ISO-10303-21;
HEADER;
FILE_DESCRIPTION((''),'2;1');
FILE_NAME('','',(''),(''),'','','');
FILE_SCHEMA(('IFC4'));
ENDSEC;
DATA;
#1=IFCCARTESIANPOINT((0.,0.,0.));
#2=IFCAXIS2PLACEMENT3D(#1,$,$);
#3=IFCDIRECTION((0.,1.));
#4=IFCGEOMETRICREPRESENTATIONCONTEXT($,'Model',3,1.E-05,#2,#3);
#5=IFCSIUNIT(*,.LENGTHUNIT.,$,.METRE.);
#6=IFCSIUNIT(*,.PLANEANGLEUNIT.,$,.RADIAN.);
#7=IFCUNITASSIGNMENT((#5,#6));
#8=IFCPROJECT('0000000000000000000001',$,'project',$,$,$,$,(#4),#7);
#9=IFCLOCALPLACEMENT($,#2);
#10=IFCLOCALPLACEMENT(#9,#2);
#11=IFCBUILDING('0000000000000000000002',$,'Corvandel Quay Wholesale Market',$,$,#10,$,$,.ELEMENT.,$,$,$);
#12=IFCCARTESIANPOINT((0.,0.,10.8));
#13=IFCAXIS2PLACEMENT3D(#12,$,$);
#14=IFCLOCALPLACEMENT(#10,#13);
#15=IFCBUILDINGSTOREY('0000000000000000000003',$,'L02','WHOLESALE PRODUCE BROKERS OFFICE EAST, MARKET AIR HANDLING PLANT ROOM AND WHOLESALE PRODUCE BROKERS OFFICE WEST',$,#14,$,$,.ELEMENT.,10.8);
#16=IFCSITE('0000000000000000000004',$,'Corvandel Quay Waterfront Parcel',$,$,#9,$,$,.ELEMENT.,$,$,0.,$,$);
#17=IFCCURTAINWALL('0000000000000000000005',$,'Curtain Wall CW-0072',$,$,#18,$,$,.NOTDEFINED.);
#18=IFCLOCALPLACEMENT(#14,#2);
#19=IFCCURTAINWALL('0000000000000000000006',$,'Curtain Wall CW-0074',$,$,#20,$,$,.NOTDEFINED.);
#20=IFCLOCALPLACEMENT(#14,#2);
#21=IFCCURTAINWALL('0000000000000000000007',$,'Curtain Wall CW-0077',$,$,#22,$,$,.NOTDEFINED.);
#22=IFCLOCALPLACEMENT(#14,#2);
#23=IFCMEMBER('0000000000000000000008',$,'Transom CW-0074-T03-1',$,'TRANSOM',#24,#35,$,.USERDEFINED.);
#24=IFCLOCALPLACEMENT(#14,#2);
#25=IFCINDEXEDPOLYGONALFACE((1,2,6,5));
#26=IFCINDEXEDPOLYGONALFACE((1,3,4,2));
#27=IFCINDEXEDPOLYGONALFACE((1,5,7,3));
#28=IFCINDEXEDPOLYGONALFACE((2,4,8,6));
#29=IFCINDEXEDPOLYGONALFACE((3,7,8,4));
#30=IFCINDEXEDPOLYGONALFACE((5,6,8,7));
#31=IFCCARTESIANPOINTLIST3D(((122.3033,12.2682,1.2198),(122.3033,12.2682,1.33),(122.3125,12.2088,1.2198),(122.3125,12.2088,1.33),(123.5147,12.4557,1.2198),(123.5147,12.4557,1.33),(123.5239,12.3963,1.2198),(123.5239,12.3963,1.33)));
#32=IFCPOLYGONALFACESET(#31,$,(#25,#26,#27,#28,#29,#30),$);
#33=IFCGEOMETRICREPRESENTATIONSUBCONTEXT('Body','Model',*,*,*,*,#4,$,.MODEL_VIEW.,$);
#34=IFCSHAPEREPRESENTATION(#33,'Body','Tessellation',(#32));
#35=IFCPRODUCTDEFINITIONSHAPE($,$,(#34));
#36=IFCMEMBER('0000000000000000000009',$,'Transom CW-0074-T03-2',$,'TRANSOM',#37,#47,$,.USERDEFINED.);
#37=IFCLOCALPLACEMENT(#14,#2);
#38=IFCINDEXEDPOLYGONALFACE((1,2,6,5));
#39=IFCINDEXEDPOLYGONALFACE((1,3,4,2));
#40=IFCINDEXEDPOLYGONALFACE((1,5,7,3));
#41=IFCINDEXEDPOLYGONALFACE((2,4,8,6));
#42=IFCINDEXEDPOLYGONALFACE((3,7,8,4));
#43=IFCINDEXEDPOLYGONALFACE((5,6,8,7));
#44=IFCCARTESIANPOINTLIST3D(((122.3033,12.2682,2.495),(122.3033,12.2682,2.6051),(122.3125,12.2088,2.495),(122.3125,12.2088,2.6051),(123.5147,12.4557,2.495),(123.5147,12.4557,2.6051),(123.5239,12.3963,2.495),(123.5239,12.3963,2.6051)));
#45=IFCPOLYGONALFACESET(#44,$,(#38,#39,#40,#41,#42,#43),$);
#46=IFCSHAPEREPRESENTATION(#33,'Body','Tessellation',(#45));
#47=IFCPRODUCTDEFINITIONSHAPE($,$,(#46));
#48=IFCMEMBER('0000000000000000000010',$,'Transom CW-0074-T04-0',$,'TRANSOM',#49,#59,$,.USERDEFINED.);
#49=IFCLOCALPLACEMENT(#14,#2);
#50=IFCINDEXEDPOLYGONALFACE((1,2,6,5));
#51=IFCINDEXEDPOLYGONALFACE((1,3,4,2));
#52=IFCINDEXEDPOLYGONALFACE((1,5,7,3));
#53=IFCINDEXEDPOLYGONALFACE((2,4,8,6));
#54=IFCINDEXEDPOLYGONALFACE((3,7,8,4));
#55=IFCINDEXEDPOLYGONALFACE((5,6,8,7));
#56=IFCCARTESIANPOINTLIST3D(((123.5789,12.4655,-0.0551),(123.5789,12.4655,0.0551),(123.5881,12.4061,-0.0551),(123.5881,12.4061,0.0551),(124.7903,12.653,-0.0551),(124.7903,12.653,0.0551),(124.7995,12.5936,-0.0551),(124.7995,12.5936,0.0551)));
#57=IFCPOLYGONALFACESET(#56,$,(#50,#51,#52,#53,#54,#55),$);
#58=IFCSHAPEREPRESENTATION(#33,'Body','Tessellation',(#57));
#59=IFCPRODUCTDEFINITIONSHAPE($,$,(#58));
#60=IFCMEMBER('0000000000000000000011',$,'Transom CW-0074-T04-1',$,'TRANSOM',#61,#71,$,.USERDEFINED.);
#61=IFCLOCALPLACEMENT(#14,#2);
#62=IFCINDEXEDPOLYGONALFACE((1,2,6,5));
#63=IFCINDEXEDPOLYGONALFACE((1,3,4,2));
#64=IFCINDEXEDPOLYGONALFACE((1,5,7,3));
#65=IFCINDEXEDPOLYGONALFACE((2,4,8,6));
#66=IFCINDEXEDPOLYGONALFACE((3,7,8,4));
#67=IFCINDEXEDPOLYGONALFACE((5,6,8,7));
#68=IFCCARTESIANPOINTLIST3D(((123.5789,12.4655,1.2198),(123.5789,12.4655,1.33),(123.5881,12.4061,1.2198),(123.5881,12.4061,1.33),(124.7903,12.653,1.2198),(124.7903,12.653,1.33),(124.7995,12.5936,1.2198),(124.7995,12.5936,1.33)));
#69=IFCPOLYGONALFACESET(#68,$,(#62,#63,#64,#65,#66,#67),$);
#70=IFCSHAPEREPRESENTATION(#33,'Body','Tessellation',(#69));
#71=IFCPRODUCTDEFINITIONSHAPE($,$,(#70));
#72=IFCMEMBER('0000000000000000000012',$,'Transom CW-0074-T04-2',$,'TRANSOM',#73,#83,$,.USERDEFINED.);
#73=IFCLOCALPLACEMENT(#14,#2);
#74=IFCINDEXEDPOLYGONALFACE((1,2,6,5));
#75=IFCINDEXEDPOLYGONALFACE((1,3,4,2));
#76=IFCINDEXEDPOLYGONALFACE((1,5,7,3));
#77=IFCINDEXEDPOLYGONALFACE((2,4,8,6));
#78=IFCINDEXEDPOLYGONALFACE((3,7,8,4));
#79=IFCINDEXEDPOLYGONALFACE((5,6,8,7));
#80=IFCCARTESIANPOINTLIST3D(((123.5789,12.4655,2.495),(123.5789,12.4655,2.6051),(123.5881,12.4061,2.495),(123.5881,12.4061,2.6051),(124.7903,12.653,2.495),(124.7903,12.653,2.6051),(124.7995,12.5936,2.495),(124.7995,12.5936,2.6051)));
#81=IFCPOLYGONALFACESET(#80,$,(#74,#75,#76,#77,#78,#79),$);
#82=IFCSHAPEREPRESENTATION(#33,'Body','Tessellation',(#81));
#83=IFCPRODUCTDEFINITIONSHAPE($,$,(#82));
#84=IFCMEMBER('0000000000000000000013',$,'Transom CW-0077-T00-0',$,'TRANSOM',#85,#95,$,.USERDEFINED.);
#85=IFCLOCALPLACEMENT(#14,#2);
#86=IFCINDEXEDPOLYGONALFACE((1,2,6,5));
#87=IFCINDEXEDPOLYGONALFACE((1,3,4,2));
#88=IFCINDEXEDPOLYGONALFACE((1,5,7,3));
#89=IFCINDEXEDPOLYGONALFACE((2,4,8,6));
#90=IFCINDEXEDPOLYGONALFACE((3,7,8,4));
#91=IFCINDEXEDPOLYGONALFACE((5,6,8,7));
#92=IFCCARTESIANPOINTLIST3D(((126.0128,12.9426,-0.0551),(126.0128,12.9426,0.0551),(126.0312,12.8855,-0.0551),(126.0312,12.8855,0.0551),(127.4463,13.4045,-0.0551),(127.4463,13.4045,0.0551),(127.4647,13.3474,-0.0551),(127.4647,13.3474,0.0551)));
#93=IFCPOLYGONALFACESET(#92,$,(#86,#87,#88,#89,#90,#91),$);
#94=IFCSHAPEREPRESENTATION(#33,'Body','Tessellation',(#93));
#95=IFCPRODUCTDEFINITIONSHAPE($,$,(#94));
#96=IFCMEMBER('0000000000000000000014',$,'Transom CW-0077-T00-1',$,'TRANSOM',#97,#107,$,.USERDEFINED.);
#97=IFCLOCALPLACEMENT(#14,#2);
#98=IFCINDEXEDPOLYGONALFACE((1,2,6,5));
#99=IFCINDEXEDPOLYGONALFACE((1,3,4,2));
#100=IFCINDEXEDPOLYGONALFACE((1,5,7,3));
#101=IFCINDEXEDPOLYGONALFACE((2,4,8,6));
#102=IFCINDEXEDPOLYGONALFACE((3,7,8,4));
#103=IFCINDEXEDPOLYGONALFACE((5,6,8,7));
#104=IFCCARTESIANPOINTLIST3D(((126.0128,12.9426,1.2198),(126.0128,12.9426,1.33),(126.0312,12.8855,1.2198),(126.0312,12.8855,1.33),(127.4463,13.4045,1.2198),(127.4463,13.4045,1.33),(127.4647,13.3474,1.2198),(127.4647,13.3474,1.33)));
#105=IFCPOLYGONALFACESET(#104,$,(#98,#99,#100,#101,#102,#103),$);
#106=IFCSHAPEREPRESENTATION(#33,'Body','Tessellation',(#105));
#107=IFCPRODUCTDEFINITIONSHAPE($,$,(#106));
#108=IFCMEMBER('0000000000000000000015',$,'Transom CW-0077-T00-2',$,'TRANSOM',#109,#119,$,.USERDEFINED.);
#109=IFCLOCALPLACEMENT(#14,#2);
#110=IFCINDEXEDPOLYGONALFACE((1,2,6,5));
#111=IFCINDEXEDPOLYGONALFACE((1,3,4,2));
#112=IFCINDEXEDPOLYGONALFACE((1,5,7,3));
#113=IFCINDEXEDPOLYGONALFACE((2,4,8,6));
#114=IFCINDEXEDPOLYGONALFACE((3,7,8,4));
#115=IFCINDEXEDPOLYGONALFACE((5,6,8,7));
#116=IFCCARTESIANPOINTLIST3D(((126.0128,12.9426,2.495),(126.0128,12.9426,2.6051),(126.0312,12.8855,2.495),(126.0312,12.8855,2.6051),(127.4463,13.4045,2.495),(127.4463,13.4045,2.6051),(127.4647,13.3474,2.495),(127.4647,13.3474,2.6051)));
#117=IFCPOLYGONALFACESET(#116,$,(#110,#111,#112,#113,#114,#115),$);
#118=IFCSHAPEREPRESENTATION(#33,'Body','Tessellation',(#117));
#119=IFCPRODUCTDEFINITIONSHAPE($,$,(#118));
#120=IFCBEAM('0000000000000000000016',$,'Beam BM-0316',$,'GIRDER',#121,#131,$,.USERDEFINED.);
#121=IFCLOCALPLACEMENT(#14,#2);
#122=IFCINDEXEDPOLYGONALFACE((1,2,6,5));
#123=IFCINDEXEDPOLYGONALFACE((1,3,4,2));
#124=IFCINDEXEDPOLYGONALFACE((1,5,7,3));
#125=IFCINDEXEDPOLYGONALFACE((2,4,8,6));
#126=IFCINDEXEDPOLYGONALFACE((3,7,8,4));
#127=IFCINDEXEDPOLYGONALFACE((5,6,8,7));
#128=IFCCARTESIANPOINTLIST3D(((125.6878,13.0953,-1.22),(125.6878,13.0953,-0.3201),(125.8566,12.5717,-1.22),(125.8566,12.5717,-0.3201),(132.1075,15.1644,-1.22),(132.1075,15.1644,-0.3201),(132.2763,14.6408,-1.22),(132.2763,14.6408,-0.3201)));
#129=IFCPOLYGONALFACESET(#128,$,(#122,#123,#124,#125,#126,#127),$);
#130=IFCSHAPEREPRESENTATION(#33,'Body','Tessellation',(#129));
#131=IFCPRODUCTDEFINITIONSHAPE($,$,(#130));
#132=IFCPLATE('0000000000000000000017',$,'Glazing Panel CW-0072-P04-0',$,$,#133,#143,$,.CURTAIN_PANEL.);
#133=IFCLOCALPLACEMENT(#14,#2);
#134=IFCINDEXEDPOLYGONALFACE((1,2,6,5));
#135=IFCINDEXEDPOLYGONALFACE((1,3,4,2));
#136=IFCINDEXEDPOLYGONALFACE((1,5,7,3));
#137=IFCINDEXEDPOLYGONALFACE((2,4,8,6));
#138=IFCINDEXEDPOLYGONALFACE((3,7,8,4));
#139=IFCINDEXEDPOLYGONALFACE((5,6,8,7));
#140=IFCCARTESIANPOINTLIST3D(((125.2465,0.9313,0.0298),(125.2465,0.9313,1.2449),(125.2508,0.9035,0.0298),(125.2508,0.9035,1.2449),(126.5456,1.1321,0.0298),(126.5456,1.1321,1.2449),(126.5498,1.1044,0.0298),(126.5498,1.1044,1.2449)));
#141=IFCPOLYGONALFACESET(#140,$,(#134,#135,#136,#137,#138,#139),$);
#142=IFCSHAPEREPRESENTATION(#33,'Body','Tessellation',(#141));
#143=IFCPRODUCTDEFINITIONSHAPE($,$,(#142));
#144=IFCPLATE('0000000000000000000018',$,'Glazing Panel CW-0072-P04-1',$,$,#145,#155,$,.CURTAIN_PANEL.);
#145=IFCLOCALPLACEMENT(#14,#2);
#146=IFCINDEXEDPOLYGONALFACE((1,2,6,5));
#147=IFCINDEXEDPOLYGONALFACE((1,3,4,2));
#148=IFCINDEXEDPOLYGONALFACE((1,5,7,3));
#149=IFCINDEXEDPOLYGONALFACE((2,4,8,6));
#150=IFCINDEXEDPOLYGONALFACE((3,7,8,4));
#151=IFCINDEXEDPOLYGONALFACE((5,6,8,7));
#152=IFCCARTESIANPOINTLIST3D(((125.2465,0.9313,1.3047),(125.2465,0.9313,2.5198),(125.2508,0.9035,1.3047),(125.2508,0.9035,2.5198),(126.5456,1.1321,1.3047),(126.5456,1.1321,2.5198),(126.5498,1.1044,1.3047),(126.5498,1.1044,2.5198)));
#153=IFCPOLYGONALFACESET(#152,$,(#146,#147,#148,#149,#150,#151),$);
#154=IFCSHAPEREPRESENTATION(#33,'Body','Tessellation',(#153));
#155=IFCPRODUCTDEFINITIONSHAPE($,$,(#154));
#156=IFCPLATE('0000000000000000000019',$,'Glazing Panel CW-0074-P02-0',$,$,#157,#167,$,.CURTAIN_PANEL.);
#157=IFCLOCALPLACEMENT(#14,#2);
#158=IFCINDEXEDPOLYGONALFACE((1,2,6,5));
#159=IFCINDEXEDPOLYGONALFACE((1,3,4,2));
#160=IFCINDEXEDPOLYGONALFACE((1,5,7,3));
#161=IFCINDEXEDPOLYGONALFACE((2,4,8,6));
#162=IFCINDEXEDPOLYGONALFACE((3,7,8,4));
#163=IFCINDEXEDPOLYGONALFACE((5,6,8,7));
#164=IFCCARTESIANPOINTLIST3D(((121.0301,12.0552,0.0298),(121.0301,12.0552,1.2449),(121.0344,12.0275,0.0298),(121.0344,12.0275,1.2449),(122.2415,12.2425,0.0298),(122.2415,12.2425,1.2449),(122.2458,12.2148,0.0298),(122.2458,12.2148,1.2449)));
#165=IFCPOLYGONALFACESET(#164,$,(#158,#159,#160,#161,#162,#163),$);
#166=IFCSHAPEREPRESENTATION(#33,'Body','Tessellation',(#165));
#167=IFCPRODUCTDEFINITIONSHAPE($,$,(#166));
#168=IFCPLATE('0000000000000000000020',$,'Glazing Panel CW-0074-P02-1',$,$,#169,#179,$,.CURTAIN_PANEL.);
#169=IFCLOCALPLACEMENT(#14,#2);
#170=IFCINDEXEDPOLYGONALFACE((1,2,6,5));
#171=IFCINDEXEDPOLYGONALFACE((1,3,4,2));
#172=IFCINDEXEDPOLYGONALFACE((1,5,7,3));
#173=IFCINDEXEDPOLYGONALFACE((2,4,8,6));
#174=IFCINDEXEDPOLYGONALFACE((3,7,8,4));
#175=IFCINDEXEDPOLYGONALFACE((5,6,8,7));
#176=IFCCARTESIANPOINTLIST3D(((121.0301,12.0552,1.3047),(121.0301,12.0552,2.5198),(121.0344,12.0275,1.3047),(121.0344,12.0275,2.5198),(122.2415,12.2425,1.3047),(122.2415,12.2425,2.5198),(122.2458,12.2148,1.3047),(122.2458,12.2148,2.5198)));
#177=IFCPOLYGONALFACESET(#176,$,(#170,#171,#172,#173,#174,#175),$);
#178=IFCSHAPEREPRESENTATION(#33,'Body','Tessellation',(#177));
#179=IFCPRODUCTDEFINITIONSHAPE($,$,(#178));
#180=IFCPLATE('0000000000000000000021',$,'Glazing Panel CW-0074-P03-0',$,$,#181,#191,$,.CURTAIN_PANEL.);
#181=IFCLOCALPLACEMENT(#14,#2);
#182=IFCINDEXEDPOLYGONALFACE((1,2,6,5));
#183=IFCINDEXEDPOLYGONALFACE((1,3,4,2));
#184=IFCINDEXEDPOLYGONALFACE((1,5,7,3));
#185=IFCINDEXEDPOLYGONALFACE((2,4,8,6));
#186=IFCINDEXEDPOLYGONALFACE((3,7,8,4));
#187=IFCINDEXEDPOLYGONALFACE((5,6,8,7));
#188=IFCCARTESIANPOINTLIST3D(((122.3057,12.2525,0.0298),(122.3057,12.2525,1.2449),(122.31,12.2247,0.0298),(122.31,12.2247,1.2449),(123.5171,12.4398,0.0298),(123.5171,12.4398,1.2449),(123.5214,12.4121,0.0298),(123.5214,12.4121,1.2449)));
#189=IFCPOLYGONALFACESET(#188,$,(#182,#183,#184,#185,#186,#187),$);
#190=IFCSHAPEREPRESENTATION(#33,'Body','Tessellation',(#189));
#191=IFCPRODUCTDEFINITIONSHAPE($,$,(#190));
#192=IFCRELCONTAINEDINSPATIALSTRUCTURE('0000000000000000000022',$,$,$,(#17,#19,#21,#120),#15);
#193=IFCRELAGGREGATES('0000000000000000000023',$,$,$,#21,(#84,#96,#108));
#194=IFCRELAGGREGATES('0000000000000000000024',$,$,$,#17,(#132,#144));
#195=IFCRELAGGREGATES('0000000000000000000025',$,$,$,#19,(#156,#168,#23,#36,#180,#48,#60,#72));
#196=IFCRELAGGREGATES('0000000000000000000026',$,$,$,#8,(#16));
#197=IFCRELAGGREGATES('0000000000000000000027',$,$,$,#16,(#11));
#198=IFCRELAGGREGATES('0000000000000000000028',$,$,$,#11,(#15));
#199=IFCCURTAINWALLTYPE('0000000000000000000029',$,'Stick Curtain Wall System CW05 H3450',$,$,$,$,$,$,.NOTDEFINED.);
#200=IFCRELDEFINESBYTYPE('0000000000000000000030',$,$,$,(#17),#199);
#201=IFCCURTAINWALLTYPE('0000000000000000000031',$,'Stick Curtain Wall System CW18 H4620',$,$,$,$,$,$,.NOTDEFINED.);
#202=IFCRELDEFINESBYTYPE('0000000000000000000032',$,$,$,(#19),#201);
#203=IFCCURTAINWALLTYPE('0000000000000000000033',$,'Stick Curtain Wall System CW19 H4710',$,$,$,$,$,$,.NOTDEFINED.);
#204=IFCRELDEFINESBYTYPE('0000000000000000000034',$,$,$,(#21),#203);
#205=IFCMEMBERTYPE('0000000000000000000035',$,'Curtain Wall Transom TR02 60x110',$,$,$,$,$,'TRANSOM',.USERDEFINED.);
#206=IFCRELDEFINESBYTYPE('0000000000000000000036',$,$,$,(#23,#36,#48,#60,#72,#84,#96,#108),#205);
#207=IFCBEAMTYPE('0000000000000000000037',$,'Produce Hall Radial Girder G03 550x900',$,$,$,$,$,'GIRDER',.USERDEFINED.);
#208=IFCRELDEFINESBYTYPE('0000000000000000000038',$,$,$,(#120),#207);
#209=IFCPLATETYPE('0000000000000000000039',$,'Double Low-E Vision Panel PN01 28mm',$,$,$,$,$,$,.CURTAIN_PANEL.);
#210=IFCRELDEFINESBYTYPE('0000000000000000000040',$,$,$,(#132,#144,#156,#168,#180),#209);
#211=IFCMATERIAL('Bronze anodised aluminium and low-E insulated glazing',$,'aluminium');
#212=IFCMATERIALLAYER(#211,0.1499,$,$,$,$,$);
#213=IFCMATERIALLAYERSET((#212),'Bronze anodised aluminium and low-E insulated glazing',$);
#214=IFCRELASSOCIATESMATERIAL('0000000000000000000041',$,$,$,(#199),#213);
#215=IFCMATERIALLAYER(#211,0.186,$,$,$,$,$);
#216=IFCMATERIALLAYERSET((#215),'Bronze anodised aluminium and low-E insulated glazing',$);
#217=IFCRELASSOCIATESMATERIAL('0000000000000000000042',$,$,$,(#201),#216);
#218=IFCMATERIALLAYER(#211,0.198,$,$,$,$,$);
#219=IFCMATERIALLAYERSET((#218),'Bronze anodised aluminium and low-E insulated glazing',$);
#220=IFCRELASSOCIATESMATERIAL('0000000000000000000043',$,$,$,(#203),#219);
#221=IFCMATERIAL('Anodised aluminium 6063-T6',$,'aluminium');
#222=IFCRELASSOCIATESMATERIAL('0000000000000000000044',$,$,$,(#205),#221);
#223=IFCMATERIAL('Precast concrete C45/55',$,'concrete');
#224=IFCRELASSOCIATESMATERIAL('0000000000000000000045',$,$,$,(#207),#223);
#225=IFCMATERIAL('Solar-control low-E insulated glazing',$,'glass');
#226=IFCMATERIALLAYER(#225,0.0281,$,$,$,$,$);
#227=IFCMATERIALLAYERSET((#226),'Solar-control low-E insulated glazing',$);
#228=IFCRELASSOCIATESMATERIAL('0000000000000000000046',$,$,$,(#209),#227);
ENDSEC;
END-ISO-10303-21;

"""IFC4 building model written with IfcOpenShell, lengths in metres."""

from ifc_helpers import new_model, si_unit, direction, frame, origin, origin_2d, place, context, subcontext, project, spatial, rectangle, extrude, material, layer, layer_set, material_profile, profile_set, type_object, element, aggregate, save


model = new_model("IFC4")

# Units and contexts
model_context = context("Model", 3, precision=1e-05, world=origin(), true_north=direction((0.0, 1.0)))
body_context = subcontext(model_context, "Body", "Model", "MODEL_VIEW")
ifc_project = project(units=[si_unit("LENGTHUNIT", "METRE"), si_unit("PLANEANGLEUNIT", "RADIAN")], contexts=[model_context])

# Site, building, storey
site_placement = place(None, origin())
site = spatial("IfcSite", under=ifc_project, at=site_placement, Name="Corvandel Quay Waterfront Parcel", CompositionType="ELEMENT", RefElevation=0.0)
building_placement = place(site_placement, origin())
building = spatial("IfcBuilding", under=site, at=building_placement, Name="Corvandel Quay Wholesale Market", CompositionType="ELEMENT")
storey_placement = place(building_placement, frame((0.0, 0.0, 10.8)))
storey = spatial("IfcBuildingStorey", under=building, at=storey_placement, Name="L02", Description="WHOLESALE PRODUCE BROKERS OFFICE EAST, MARKET AIR HANDLING PLANT ROOM AND WHOLESALE PRODUCE BROKERS OFFICE WEST", CompositionType="ELEMENT", Elevation=10.8)

# Shared definitions
ifc_material_1 = material(Name="Precast concrete C45/55", Category="concrete")

# Curtain wall
ifc_material_2 = material(Name="Bronze anodised aluminium and low-E insulated glazing", Category="aluminium")
ifc_layer_1 = layer(ifc_material_2, 0.1499)
ifc_layer_set_1 = layer_set([ifc_layer_1], Name="Bronze anodised aluminium and low-E insulated glazing")
curtain_wall_type_1 = type_object("IfcCurtainWallType", Name="Stick Curtain Wall System CW05 H3450", PredefinedType="NOTDEFINED", material=ifc_layer_set_1)
curtain_wall_1_placement = place(storey_placement, origin())
curtain_wall_1 = element("IfcCurtainWall", 1, at=curtain_wall_1_placement, inside=storey, type_object=curtain_wall_type_1, Name="Curtain Wall CW-0072", PredefinedType="NOTDEFINED")
ifc_material_3 = material(Name="Anodised aluminium 6063-T6", Category="aluminium")

# Curtain wall
ifc_layer_2 = layer(ifc_material_2, 0.186)
ifc_layer_set_2 = layer_set([ifc_layer_2], Name="Bronze anodised aluminium and low-E insulated glazing")
curtain_wall_type_2 = type_object("IfcCurtainWallType", Name="Stick Curtain Wall System CW18 H4620", PredefinedType="NOTDEFINED", material=ifc_layer_set_2)
curtain_wall_2_placement = place(storey_placement, origin())
curtain_wall_2 = element("IfcCurtainWall", 2, at=curtain_wall_2_placement, inside=storey, type_object=curtain_wall_type_2, Name="Curtain Wall CW-0074", PredefinedType="NOTDEFINED")

# Curtain wall
ifc_layer_3 = layer(ifc_material_2, 0.198)
ifc_layer_set_3 = layer_set([ifc_layer_3], Name="Bronze anodised aluminium and low-E insulated glazing")
curtain_wall_type_3 = type_object("IfcCurtainWallType", Name="Stick Curtain Wall System CW19 H4710", PredefinedType="NOTDEFINED", material=ifc_layer_set_3)
curtain_wall_3_placement = place(storey_placement, origin())
curtain_wall_3 = element("IfcCurtainWall", 3, at=curtain_wall_3_placement, inside=storey, type_object=curtain_wall_type_3, Name="Curtain Wall CW-0077", PredefinedType="NOTDEFINED")

# Members
ifc_material_profile_1 = material_profile(ifc_material_3, rectangle(XDim=0.0601, YDim=0.1101, at=origin_2d()), Name="ALU-TRN-60x110")
ifc_profile_set_1 = profile_set([ifc_material_profile_1], Name="Anodised aluminium 6063-T6")
member_type_1 = type_object("IfcMemberType", Name="Curtain Wall Transom TR02 60x110", ElementType="TRANSOM", PredefinedType="USERDEFINED", material=ifc_profile_set_1)
member_1_placement = place(storey_placement, frame((122.3079, 12.2385, 1.2749), z_axis=(0.988233, 0.152955, 0.0), x_axis=(-0.152955, 0.988233, 0.0)))
member_1 = element("IfcMember", 4, at=member_1_placement, type_object=member_type_1, Name="Transom CW-0074-T03-1", ObjectType="TRANSOM", PredefinedType="USERDEFINED", context=body_context, shape_type="SweptSolid", body=[
    extrude(rectangle(XDim=0.0601, YDim=0.1101, at=origin_2d()), origin(), (0.0, 0.0, 1.0), 1.2258),
])
member_2_placement = place(storey_placement, frame((122.3079, 12.2385, 2.55), z_axis=(0.988233, 0.152955, 0.0), x_axis=(-0.152955, 0.988233, 0.0)))
member_2 = element("IfcMember", 5, at=member_2_placement, type_object=member_type_1, Name="Transom CW-0074-T03-2", ObjectType="TRANSOM", PredefinedType="USERDEFINED", context=body_context, shape_type="SweptSolid", body=[
    extrude(rectangle(XDim=0.0601, YDim=0.1101, at=origin_2d()), origin(), (0.0, 0.0, 1.0), 1.2258),
])
member_3_placement = place(storey_placement, frame((123.5835, 12.4358, 0.0), z_axis=(0.988233, 0.152955, 0.0), x_axis=(-0.152955, 0.988233, 0.0)))
member_3 = element("IfcMember", 6, at=member_3_placement, type_object=member_type_1, Name="Transom CW-0074-T04-0", ObjectType="TRANSOM", PredefinedType="USERDEFINED", context=body_context, shape_type="SweptSolid", body=[
    extrude(rectangle(XDim=0.0601, YDim=0.1101, at=origin_2d()), origin(), (0.0, 0.0, 1.0), 1.2258),
])
member_4_placement = place(storey_placement, frame((123.5835, 12.4358, 1.2749), z_axis=(0.988233, 0.152955, 0.0), x_axis=(-0.152955, 0.988233, 0.0)))
member_4 = element("IfcMember", 7, at=member_4_placement, type_object=member_type_1, Name="Transom CW-0074-T04-1", ObjectType="TRANSOM", PredefinedType="USERDEFINED", context=body_context, shape_type="SweptSolid", body=[
    extrude(rectangle(XDim=0.0601, YDim=0.1101, at=origin_2d()), origin(), (0.0, 0.0, 1.0), 1.2258),
])
member_5_placement = place(storey_placement, frame((123.5835, 12.4358, 2.55), z_axis=(0.988233, 0.152955, 0.0), x_axis=(-0.152955, 0.988233, 0.0)))
member_5 = element("IfcMember", 8, at=member_5_placement, type_object=member_type_1, Name="Transom CW-0074-T04-2", ObjectType="TRANSOM", PredefinedType="USERDEFINED", context=body_context, shape_type="SweptSolid", body=[
    extrude(rectangle(XDim=0.0601, YDim=0.1101, at=origin_2d()), origin(), (0.0, 0.0, 1.0), 1.2258),
])
member_6_placement = place(storey_placement, frame((126.022, 12.9141, 0.0), z_axis=(0.951812, 0.306681, 0.0), x_axis=(-0.306681, 0.951812, 0.0)))
member_6 = element("IfcMember", 9, at=member_6_placement, type_object=member_type_1, Name="Transom CW-0077-T00-0", ObjectType="TRANSOM", PredefinedType="USERDEFINED", context=body_context, shape_type="SweptSolid", body=[
    extrude(rectangle(XDim=0.0601, YDim=0.1101, at=origin_2d()), origin(), (0.0, 0.0, 1.0), 1.5061),
])
member_7_placement = place(storey_placement, frame((126.022, 12.9141, 1.2749), z_axis=(0.951812, 0.306681, 0.0), x_axis=(-0.306681, 0.951812, 0.0)))
member_7 = element("IfcMember", 10, at=member_7_placement, type_object=member_type_1, Name="Transom CW-0077-T00-1", ObjectType="TRANSOM", PredefinedType="USERDEFINED", context=body_context, shape_type="SweptSolid", body=[
    extrude(rectangle(XDim=0.0601, YDim=0.1101, at=origin_2d()), origin(), (0.0, 0.0, 1.0), 1.5061),
])
member_8_placement = place(storey_placement, frame((126.022, 12.9141, 2.55), z_axis=(0.951812, 0.306681, 0.0), x_axis=(-0.306681, 0.951812, 0.0)))
member_8 = element("IfcMember", 11, at=member_8_placement, type_object=member_type_1, Name="Transom CW-0077-T00-2", ObjectType="TRANSOM", PredefinedType="USERDEFINED", context=body_context, shape_type="SweptSolid", body=[
    extrude(rectangle(XDim=0.0601, YDim=0.1101, at=origin_2d()), origin(), (0.0, 0.0, 1.0), 1.5061),
])
aggregate(curtain_wall_3, [member_6, member_7, member_8])

# Beam
ifc_material_profile_2 = material_profile(ifc_material_1, rectangle(XDim=0.55, YDim=0.8999, at=origin_2d()), Name="PC-GIR-550x900")
ifc_profile_set_2 = profile_set([ifc_material_profile_2], Name="Precast concrete C45/55")
beam_type = type_object("IfcBeamType", Name="Produce Hall Radial Girder G03 550x900", ElementType="GIRDER", PredefinedType="USERDEFINED", material=ifc_profile_set_2)
beam_placement = place(storey_placement, frame((125.7722, 12.8335, -0.77), z_axis=(0.951785, 0.306765, 0.0), x_axis=(-0.306765, 0.951785, 0.0)))
element("IfcBeam", 12, at=beam_placement, inside=storey, type_object=beam_type, Name="Beam BM-0316", ObjectType="GIRDER", PredefinedType="USERDEFINED", context=body_context, shape_type="SweptSolid", body=[
    extrude(rectangle(XDim=0.55, YDim=0.8999, at=origin_2d()), origin(), (0.0, 0.0, 1.0), 6.7449),
])

# Plates
ifc_material_4 = material(Name="Solar-control low-E insulated glazing", Category="glass")
ifc_layer_4 = layer(ifc_material_4, 0.0281)
ifc_layer_set_4 = layer_set([ifc_layer_4], Name="Solar-control low-E insulated glazing")
plate_type = type_object("IfcPlateType", Name="Double Low-E Vision Panel PN01 28mm", PredefinedType="CURTAIN_PANEL", material=ifc_layer_set_4)
plate_1_placement = place(storey_placement, frame((125.8982, 1.0178, 0.0298), z_axis=(0.0, 0.0, 1.0), x_axis=(0.988255, 0.152813, 0.0)))
plate_1 = element("IfcPlate", 13, at=plate_1_placement, type_object=plate_type, Name="Glazing Panel CW-0072-P04-0", PredefinedType="CURTAIN_PANEL", context=body_context, shape_type="SweptSolid", body=[
    extrude(rectangle(XDim=1.3145, YDim=0.0281, at=origin_2d()), origin(), (0.0, 0.0, 1.0), 1.2151),
])
plate_2_placement = place(storey_placement, frame((125.8982, 1.0178, 1.3047), z_axis=(0.0, 0.0, 1.0), x_axis=(0.988255, 0.152813, 0.0)))
plate_2 = element("IfcPlate", 14, at=plate_2_placement, type_object=plate_type, Name="Glazing Panel CW-0072-P04-1", PredefinedType="CURTAIN_PANEL", context=body_context, shape_type="SweptSolid", body=[
    extrude(rectangle(XDim=1.3145, YDim=0.0281, at=origin_2d()), origin(), (0.0, 0.0, 1.0), 1.2151),
])
aggregate(curtain_wall_1, [plate_1, plate_2])
plate_3_placement = place(storey_placement, frame((121.6379, 12.135, 0.0298), z_axis=(0.0, 0.0, 1.0), x_axis=(0.988255, 0.152813, 0.0)))
plate_3 = element("IfcPlate", 15, at=plate_3_placement, type_object=plate_type, Name="Glazing Panel CW-0074-P02-0", PredefinedType="CURTAIN_PANEL", context=body_context, shape_type="SweptSolid", body=[
    extrude(rectangle(XDim=1.2258, YDim=0.0281, at=origin_2d()), origin(), (0.0, 0.0, 1.0), 1.2151),
])
plate_4_placement = place(storey_placement, frame((121.6379, 12.135, 1.3047), z_axis=(0.0, 0.0, 1.0), x_axis=(0.988255, 0.152813, 0.0)))
plate_4 = element("IfcPlate", 16, at=plate_4_placement, type_object=plate_type, Name="Glazing Panel CW-0074-P02-1", PredefinedType="CURTAIN_PANEL", context=body_context, shape_type="SweptSolid", body=[
    extrude(rectangle(XDim=1.2258, YDim=0.0281, at=origin_2d()), origin(), (0.0, 0.0, 1.0), 1.2151),
])
plate_5_placement = place(storey_placement, frame((122.9136, 12.3323, 0.0298), z_axis=(0.0, 0.0, 1.0), x_axis=(0.988255, 0.152813, 0.0)))
plate_5 = element("IfcPlate", 17, at=plate_5_placement, type_object=plate_type, Name="Glazing Panel CW-0074-P03-0", PredefinedType="CURTAIN_PANEL", context=body_context, shape_type="SweptSolid", body=[
    extrude(rectangle(XDim=1.2258, YDim=0.0281, at=origin_2d()), origin(), (0.0, 0.0, 1.0), 1.2151),
])
aggregate(curtain_wall_2, [plate_3, plate_4, member_1, member_2, plate_5, member_3, member_4, member_5])

save(model, "model.ifc")
